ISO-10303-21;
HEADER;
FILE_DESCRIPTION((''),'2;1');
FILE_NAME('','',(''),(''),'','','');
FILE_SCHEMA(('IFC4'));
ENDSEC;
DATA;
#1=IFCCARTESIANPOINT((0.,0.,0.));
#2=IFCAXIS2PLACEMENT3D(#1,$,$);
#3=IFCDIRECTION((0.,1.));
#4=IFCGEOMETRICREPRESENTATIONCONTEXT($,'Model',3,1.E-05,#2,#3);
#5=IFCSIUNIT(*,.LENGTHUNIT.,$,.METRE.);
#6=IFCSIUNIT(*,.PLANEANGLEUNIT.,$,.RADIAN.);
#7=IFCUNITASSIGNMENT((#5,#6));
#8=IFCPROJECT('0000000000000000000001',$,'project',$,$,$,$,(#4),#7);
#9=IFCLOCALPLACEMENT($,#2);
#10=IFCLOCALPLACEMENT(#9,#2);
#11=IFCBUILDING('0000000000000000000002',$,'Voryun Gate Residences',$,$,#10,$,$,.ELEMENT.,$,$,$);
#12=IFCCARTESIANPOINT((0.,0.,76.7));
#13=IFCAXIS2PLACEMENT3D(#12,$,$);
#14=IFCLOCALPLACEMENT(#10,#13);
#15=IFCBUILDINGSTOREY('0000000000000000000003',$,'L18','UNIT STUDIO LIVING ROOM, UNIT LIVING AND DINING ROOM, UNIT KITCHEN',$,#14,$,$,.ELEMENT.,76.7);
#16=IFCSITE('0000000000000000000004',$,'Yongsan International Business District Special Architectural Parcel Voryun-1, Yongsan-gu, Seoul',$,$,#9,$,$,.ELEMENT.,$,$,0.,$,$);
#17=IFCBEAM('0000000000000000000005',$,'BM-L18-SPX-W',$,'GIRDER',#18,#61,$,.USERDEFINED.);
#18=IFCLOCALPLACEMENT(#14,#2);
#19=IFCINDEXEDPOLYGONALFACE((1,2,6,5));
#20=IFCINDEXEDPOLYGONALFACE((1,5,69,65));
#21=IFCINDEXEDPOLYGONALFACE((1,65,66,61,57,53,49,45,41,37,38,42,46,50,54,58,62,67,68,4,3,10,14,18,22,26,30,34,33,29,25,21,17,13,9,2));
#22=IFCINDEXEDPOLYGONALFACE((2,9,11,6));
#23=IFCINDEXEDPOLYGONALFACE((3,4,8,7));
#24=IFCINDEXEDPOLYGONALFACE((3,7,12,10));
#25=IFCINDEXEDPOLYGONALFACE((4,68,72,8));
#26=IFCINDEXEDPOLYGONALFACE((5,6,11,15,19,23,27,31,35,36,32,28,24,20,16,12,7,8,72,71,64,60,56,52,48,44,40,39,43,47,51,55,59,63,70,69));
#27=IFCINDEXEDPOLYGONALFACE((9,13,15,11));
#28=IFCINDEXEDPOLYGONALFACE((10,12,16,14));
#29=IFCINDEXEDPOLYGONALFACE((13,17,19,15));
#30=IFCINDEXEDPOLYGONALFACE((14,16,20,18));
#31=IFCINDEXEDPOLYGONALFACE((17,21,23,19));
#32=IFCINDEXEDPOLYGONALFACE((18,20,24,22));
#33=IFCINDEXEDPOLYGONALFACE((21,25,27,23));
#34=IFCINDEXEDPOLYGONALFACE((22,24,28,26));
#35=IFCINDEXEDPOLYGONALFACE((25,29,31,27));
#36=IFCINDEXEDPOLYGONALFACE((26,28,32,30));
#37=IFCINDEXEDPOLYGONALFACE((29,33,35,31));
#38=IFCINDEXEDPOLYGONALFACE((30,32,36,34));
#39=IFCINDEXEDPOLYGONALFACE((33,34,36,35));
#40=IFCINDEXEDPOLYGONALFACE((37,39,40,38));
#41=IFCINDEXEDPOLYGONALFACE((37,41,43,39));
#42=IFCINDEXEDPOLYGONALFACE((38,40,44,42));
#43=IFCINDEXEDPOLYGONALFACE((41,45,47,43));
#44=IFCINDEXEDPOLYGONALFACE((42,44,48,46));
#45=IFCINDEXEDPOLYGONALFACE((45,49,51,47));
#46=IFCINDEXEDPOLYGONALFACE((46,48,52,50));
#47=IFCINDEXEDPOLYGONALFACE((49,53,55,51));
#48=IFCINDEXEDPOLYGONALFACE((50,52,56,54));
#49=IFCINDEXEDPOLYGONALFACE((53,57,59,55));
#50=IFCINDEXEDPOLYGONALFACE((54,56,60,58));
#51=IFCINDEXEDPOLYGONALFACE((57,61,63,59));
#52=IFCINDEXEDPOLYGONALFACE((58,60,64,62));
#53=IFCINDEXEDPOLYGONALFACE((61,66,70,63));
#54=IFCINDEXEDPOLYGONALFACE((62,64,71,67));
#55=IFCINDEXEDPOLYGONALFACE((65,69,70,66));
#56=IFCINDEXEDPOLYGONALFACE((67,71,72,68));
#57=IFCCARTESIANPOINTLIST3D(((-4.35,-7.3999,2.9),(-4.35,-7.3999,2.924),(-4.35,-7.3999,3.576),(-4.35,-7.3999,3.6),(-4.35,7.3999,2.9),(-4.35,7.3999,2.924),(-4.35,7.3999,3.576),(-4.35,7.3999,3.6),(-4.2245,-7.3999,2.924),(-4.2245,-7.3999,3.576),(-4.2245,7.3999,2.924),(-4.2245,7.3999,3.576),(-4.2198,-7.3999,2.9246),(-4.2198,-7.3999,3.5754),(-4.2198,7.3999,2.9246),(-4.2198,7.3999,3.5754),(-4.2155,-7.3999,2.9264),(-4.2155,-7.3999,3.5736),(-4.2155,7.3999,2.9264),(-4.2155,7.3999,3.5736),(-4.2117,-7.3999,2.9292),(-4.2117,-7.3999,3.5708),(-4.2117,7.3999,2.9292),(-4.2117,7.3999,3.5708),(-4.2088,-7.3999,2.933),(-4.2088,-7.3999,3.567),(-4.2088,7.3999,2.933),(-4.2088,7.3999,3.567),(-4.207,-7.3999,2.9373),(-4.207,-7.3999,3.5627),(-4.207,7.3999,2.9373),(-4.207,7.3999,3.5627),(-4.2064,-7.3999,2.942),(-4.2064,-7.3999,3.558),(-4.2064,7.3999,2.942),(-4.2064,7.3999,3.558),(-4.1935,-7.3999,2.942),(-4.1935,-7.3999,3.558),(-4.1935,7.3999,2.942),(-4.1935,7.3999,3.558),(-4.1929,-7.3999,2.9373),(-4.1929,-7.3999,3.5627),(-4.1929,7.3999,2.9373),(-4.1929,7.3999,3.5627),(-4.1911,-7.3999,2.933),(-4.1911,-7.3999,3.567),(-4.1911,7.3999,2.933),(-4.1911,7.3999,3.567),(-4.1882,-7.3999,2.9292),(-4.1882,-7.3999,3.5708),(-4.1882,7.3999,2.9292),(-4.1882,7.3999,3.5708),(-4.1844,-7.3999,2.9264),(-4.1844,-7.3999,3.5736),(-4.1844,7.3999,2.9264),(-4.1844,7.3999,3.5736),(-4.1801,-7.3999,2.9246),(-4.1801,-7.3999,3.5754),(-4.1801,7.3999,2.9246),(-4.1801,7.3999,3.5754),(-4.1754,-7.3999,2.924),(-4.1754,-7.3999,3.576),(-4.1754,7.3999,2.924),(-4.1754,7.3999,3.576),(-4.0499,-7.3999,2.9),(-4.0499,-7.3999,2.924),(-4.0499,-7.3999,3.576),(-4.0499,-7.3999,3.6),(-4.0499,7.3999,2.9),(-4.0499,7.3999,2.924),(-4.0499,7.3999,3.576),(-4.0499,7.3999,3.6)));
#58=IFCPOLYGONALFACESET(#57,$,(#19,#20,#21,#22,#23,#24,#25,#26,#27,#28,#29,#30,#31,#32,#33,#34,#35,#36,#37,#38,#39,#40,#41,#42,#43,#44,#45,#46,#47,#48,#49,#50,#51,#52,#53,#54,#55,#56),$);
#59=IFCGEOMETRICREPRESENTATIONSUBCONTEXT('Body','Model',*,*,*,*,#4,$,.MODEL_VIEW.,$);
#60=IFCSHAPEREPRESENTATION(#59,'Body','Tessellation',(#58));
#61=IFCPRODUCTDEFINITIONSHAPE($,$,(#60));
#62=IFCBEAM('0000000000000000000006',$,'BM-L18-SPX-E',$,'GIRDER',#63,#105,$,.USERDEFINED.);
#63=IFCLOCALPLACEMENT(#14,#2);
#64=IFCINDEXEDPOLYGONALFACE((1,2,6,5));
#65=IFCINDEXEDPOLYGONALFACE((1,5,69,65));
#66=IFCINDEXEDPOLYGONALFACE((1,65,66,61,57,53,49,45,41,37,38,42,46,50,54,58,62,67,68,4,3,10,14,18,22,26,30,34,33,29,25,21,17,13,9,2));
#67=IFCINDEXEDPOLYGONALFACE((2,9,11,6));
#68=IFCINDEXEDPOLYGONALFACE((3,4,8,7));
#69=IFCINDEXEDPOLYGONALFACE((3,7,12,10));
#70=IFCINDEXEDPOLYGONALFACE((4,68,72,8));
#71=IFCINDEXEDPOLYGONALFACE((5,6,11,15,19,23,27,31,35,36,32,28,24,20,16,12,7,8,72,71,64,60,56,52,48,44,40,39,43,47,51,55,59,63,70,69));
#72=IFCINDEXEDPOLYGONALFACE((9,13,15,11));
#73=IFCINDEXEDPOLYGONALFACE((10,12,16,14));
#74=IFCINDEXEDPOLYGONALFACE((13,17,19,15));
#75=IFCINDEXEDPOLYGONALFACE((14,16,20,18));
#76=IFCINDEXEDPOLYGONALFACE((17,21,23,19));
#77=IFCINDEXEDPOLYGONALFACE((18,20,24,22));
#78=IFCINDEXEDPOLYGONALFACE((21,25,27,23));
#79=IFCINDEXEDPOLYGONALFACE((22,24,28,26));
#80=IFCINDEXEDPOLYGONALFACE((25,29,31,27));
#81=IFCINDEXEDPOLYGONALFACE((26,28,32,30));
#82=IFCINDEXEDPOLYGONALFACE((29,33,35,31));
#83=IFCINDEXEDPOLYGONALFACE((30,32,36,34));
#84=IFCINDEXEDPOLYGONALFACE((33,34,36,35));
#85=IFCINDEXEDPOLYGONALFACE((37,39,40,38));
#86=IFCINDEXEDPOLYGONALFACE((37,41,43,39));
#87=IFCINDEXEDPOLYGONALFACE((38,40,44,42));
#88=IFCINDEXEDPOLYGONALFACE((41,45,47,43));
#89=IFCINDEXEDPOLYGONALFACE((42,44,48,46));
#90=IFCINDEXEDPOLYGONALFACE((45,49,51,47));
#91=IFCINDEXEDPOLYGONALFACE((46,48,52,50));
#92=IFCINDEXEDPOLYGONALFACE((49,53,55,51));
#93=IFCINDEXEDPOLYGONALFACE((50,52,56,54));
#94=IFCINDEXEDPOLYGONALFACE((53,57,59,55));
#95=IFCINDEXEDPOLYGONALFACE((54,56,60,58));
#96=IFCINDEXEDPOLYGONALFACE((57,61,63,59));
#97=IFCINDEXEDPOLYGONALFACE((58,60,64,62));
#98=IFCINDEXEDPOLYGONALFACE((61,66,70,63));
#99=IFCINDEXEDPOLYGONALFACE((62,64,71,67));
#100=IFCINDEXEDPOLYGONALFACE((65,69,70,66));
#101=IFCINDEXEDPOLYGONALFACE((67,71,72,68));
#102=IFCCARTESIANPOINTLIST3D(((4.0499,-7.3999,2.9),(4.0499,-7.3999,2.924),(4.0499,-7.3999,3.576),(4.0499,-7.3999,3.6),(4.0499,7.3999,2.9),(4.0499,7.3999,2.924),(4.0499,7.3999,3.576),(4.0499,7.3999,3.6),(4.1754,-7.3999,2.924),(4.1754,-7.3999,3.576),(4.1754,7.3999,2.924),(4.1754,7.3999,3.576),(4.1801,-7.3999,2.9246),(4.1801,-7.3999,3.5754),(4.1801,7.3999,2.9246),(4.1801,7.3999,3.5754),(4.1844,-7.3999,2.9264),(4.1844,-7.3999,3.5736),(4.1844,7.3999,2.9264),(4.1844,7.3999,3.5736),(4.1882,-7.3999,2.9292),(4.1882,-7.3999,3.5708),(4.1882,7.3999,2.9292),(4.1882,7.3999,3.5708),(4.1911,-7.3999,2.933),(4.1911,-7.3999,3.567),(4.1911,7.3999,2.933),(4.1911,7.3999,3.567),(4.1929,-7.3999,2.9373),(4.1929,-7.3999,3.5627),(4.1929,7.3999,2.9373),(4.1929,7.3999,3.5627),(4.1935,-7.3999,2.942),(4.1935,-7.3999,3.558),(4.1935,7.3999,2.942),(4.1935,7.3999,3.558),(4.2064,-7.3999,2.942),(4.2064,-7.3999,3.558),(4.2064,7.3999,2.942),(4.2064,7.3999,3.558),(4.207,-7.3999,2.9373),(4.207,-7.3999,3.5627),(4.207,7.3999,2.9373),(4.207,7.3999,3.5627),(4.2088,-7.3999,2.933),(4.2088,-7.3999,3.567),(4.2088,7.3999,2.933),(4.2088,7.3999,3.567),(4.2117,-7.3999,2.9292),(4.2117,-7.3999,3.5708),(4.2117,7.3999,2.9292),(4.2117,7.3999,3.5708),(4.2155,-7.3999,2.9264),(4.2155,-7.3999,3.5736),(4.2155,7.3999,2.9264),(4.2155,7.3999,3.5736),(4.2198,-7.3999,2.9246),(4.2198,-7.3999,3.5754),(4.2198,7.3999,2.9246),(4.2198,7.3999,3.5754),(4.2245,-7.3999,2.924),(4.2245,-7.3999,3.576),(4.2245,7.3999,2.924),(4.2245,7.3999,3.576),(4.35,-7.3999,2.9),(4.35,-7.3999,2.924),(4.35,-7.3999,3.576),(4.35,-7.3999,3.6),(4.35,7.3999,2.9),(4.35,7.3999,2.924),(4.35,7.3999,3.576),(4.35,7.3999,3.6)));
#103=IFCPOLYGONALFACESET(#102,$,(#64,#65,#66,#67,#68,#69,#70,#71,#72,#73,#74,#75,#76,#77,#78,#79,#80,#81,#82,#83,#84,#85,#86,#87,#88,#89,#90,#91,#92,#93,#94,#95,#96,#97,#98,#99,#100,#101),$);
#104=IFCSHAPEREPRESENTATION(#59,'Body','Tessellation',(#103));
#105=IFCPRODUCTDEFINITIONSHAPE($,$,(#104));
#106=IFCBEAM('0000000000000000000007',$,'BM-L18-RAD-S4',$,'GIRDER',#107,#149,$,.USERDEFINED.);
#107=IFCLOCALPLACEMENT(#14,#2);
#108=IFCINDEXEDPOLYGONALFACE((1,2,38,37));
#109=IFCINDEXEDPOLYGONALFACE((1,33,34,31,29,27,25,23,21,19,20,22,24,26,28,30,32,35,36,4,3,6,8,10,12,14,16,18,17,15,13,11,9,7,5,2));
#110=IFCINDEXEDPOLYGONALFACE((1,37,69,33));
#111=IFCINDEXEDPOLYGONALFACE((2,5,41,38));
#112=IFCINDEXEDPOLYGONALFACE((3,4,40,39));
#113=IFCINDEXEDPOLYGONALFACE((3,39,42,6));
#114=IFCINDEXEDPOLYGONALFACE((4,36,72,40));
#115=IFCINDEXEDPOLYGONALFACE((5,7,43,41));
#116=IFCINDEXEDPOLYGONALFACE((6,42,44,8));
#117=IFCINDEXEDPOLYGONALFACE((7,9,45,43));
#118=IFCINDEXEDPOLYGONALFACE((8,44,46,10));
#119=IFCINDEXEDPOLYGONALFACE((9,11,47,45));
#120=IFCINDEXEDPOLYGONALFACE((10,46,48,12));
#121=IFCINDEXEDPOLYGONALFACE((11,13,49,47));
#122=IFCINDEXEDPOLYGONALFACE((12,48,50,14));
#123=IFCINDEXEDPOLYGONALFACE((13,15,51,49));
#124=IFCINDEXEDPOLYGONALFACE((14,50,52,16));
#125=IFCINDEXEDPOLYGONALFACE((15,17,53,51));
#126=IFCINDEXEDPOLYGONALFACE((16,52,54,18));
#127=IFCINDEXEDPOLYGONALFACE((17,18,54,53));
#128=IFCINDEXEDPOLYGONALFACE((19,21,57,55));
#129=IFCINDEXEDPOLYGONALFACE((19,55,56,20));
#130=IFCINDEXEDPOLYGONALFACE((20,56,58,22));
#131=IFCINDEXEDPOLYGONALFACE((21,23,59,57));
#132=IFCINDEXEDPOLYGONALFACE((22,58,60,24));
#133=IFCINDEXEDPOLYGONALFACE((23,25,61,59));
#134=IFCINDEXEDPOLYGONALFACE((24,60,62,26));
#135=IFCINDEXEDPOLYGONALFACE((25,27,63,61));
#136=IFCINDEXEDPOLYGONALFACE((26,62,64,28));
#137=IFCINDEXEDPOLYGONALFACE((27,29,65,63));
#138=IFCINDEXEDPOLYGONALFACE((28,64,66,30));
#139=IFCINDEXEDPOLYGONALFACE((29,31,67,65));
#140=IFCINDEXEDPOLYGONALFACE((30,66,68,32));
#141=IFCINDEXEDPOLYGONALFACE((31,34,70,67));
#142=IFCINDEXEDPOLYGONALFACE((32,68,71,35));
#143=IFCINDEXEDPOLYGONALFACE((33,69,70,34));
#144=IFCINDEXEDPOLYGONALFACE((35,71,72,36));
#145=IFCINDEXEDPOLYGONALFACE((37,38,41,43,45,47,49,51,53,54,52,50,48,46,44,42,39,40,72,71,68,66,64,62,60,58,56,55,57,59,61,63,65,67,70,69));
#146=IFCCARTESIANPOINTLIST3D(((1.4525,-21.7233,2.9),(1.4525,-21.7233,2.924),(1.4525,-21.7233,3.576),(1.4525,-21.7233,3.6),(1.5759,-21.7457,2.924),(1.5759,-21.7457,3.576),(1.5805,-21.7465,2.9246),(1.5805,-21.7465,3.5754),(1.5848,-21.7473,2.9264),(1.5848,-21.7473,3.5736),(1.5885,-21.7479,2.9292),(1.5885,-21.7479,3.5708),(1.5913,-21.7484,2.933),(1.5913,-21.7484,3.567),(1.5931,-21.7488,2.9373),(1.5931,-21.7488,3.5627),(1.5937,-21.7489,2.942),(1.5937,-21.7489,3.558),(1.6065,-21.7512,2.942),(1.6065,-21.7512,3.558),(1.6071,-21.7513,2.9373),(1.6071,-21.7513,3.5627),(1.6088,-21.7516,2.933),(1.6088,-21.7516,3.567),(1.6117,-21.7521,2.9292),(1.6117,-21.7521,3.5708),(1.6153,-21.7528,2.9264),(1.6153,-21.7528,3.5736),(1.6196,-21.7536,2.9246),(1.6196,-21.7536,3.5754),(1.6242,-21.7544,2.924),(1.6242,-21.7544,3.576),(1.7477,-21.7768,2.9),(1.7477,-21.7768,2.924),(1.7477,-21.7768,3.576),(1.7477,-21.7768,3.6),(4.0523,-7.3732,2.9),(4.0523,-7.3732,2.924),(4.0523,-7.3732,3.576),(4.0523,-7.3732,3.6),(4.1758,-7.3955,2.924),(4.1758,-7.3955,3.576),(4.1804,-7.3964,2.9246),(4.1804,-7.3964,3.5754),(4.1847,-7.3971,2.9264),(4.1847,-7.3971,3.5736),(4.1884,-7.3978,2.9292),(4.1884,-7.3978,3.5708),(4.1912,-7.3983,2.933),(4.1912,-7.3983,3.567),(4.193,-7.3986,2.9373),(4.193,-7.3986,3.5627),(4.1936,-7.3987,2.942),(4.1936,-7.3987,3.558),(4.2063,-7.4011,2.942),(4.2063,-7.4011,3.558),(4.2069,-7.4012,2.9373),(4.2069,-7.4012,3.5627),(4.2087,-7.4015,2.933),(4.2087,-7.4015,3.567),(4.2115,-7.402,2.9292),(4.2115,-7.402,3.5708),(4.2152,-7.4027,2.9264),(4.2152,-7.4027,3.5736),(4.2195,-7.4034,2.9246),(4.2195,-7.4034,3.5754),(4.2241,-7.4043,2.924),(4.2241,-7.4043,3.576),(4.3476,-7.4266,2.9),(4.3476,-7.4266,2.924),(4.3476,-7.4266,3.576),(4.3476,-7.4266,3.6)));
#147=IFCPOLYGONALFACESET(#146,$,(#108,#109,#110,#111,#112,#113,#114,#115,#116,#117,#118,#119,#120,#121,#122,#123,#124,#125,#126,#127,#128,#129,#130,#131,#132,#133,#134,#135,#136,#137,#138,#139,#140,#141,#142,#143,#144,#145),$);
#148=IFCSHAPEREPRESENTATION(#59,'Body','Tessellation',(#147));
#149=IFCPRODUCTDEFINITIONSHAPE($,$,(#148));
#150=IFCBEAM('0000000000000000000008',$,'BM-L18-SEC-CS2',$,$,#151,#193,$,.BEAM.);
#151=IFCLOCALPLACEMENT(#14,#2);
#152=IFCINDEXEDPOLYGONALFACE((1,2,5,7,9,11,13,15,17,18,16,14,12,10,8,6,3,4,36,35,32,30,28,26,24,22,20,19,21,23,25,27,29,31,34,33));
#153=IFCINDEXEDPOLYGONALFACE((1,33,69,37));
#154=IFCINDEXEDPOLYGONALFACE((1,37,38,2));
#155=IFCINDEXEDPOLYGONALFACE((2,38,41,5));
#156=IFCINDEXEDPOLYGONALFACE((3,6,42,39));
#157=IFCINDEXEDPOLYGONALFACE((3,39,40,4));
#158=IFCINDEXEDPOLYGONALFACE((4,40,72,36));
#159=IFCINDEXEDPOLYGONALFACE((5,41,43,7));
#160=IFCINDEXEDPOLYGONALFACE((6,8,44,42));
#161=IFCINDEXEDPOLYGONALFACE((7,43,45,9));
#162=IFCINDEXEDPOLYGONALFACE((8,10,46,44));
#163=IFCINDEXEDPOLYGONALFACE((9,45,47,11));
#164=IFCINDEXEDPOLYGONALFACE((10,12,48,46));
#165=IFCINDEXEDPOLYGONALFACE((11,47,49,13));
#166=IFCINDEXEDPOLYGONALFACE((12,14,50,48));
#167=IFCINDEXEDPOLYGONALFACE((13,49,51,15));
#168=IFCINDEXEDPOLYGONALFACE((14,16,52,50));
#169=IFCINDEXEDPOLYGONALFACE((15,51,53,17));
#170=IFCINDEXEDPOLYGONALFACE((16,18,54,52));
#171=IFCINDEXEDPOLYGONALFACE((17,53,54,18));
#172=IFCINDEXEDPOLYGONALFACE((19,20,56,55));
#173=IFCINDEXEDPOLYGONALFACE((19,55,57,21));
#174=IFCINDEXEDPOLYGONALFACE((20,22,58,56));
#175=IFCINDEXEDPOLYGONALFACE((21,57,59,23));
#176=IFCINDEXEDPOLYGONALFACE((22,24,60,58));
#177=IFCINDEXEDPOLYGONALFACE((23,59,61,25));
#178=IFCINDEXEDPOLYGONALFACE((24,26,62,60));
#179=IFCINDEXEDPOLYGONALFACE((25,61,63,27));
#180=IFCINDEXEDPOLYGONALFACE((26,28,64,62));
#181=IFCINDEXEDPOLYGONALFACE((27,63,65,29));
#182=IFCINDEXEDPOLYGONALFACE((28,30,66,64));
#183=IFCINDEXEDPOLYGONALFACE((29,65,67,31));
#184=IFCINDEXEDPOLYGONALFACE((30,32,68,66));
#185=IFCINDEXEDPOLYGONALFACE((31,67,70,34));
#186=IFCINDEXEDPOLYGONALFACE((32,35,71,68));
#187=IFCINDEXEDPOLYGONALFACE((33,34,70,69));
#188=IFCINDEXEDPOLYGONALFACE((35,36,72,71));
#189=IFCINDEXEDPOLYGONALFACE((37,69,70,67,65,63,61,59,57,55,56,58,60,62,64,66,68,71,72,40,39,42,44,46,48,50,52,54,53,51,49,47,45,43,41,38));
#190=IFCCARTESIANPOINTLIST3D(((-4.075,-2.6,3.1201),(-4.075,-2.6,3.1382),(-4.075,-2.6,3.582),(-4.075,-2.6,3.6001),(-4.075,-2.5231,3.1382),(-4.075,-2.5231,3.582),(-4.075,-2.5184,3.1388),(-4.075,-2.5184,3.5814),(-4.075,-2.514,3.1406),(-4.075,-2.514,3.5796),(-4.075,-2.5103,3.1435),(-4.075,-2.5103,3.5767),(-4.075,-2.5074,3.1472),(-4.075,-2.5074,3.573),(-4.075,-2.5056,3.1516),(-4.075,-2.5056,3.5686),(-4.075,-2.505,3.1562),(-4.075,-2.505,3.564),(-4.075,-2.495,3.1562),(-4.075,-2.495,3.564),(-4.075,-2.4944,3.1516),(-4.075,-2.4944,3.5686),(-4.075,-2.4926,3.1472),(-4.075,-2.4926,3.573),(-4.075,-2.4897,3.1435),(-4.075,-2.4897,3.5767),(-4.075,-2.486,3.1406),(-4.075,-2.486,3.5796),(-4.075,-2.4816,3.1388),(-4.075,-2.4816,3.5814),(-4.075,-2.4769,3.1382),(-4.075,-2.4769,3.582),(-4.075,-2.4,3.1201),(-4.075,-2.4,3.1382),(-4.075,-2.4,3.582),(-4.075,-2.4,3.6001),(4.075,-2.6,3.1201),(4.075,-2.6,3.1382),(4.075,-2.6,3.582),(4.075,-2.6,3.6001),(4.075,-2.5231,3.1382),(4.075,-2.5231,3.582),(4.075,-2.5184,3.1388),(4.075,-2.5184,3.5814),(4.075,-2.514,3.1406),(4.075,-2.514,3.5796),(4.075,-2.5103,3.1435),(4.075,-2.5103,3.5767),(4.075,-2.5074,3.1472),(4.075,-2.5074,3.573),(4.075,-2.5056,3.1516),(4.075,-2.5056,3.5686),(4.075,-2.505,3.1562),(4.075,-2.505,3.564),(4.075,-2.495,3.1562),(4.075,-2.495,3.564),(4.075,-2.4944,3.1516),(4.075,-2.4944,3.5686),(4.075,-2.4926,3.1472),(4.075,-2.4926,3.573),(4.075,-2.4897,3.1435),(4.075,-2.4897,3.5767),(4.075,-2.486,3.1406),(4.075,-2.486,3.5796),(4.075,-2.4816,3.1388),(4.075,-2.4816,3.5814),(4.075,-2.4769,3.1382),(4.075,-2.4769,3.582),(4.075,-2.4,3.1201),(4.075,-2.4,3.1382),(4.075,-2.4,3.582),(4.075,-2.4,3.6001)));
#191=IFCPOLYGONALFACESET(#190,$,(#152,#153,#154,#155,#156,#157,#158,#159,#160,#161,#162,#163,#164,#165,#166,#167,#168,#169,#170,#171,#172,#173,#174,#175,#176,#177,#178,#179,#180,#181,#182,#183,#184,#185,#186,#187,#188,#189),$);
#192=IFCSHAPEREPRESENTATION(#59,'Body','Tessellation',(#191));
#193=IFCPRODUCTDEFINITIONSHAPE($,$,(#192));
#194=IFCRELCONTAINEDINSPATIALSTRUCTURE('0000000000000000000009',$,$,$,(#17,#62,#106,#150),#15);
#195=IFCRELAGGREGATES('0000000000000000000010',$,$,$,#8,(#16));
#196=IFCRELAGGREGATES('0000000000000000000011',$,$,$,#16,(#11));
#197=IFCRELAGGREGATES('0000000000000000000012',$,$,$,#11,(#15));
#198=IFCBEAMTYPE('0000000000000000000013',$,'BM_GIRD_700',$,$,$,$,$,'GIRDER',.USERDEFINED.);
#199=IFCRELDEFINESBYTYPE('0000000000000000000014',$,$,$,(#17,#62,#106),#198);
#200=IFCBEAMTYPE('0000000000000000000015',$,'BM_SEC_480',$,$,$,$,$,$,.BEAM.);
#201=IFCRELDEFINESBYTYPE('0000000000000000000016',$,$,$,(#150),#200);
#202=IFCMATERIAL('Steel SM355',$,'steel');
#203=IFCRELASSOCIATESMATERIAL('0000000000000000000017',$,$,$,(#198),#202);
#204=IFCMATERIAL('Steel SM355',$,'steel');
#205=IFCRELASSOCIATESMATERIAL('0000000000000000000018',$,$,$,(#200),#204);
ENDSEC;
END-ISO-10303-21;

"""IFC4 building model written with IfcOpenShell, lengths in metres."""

from ifc_helpers import new_model, si_unit, direction, frame, origin, origin_2d, place, context, subcontext, project, spatial, i_section, extrude, material, material_profile, profile_set, type_object, element, save


model = new_model("IFC4")

# Units and contexts
model_context = context("Model", 3, precision=1e-05, world=origin(), true_north=direction((0.0, 1.0)))
body_context = subcontext(model_context, "Body", "Model", "MODEL_VIEW")
ifc_project = project(units=[si_unit("LENGTHUNIT", "METRE"), si_unit("PLANEANGLEUNIT", "RADIAN")], contexts=[model_context])

# Site, building, storey
site_placement = place(None, origin())
site = spatial("IfcSite", under=ifc_project, at=site_placement, Name="Yongsan International Business District Special Architectural Parcel Voryun-1, Yongsan-gu, Seoul", CompositionType="ELEMENT", RefElevation=0.0)
building_placement = place(site_placement, origin())
building = spatial("IfcBuilding", under=site, at=building_placement, Name="Voryun Gate Residences", CompositionType="ELEMENT")
storey_placement = place(building_placement, frame((0.0, 0.0, 76.7)))
storey = spatial("IfcBuildingStorey", under=building, at=storey_placement, Name="L18", Description="UNIT STUDIO LIVING ROOM, UNIT LIVING AND DINING ROOM, UNIT KITCHEN", CompositionType="ELEMENT", Elevation=76.7)

# Beams
ifc_material_1 = material(Name="Steel SM355", Category="steel")
ifc_material_profile_1 = material_profile(ifc_material_1, i_section(OverallWidth=0.3, OverallDepth=0.7, WebThickness=0.0129, FlangeThickness=0.0239, FilletRadius=0.0181, at=origin_2d()), Name="H-700x300x13x24")
ifc_profile_set_1 = profile_set([ifc_material_profile_1], Name="Steel SM355")
beam_type_1 = type_object("IfcBeamType", Name="BM_GIRD_700", ElementType="GIRDER", PredefinedType="USERDEFINED", material=ifc_profile_set_1)
for number, where, z_axis, x_axis, name in (
    (1, (-4.2, -7.3999, 3.25), (0.0, 1.0, 0.0), (-1.0, 0.0, 0.0), "BM-L18-SPX-W"),
    (2, (4.2, -7.3999, 3.25), (0.0, 1.0, 0.0), (-1.0, 0.0, 0.0), "BM-L18-SPX-E"),
):
    element("IfcBeam", number, at=place(storey_placement, frame(where, z_axis=z_axis, x_axis=x_axis)), inside=storey, type_object=beam_type_1, Name=name, ObjectType="GIRDER", PredefinedType="USERDEFINED", context=body_context, shape_type="SweptSolid", body=[
        extrude(i_section(OverallWidth=0.3, OverallDepth=0.7, WebThickness=0.0129, FlangeThickness=0.0239, FilletRadius=0.0181, at=origin_2d()), origin(), (0.0, 0.0, 1.0), 14.7998),
    ])
beam_1_placement = place(storey_placement, frame((4.2, -7.3999, 3.25), z_axis=(-0.178271, -0.983981, 0.0), x_axis=(0.983981, -0.178271, 0.0)))
element("IfcBeam", 3, at=beam_1_placement, inside=storey, type_object=beam_type_1, Name="BM-L18-RAD-S4", ObjectType="GIRDER", PredefinedType="USERDEFINED", context=body_context, shape_type="SweptSolid", body=[
    extrude(i_section(OverallWidth=0.3, OverallDepth=0.7, WebThickness=0.0129, FlangeThickness=0.0239, FilletRadius=0.0181, at=origin_2d()), origin(), (0.0, 0.0, 1.0), 14.5837),
])
ifc_material_2 = material(Name="Steel SM355", Category="steel")
ifc_material_profile_2 = material_profile(ifc_material_2, i_section(OverallWidth=0.2, OverallDepth=0.48, WebThickness=0.01, FlangeThickness=0.0181, FilletRadius=0.0181, at=origin_2d()), Name="H-480x200x10x18")
ifc_profile_set_2 = profile_set([ifc_material_profile_2], Name="Steel SM355")
beam_type_2 = type_object("IfcBeamType", Name="BM_SEC_480", PredefinedType="BEAM", material=ifc_profile_set_2)
beam_2_placement = place(storey_placement, frame((-4.075, -2.5, 3.3601), z_axis=(1.0, 0.0, 0.0), x_axis=(0.0, 1.0, 0.0)))
element("IfcBeam", 4, at=beam_2_placement, inside=storey, type_object=beam_type_2, Name="BM-L18-SEC-CS2", PredefinedType="BEAM", context=body_context, shape_type="SweptSolid", body=[
    extrude(i_section(OverallWidth=0.2, OverallDepth=0.48, WebThickness=0.01, FlangeThickness=0.0181, FilletRadius=0.0181, at=origin_2d()), origin(), (0.0, 0.0, 1.0), 8.1499),
])

save(model, "model.ifc")
